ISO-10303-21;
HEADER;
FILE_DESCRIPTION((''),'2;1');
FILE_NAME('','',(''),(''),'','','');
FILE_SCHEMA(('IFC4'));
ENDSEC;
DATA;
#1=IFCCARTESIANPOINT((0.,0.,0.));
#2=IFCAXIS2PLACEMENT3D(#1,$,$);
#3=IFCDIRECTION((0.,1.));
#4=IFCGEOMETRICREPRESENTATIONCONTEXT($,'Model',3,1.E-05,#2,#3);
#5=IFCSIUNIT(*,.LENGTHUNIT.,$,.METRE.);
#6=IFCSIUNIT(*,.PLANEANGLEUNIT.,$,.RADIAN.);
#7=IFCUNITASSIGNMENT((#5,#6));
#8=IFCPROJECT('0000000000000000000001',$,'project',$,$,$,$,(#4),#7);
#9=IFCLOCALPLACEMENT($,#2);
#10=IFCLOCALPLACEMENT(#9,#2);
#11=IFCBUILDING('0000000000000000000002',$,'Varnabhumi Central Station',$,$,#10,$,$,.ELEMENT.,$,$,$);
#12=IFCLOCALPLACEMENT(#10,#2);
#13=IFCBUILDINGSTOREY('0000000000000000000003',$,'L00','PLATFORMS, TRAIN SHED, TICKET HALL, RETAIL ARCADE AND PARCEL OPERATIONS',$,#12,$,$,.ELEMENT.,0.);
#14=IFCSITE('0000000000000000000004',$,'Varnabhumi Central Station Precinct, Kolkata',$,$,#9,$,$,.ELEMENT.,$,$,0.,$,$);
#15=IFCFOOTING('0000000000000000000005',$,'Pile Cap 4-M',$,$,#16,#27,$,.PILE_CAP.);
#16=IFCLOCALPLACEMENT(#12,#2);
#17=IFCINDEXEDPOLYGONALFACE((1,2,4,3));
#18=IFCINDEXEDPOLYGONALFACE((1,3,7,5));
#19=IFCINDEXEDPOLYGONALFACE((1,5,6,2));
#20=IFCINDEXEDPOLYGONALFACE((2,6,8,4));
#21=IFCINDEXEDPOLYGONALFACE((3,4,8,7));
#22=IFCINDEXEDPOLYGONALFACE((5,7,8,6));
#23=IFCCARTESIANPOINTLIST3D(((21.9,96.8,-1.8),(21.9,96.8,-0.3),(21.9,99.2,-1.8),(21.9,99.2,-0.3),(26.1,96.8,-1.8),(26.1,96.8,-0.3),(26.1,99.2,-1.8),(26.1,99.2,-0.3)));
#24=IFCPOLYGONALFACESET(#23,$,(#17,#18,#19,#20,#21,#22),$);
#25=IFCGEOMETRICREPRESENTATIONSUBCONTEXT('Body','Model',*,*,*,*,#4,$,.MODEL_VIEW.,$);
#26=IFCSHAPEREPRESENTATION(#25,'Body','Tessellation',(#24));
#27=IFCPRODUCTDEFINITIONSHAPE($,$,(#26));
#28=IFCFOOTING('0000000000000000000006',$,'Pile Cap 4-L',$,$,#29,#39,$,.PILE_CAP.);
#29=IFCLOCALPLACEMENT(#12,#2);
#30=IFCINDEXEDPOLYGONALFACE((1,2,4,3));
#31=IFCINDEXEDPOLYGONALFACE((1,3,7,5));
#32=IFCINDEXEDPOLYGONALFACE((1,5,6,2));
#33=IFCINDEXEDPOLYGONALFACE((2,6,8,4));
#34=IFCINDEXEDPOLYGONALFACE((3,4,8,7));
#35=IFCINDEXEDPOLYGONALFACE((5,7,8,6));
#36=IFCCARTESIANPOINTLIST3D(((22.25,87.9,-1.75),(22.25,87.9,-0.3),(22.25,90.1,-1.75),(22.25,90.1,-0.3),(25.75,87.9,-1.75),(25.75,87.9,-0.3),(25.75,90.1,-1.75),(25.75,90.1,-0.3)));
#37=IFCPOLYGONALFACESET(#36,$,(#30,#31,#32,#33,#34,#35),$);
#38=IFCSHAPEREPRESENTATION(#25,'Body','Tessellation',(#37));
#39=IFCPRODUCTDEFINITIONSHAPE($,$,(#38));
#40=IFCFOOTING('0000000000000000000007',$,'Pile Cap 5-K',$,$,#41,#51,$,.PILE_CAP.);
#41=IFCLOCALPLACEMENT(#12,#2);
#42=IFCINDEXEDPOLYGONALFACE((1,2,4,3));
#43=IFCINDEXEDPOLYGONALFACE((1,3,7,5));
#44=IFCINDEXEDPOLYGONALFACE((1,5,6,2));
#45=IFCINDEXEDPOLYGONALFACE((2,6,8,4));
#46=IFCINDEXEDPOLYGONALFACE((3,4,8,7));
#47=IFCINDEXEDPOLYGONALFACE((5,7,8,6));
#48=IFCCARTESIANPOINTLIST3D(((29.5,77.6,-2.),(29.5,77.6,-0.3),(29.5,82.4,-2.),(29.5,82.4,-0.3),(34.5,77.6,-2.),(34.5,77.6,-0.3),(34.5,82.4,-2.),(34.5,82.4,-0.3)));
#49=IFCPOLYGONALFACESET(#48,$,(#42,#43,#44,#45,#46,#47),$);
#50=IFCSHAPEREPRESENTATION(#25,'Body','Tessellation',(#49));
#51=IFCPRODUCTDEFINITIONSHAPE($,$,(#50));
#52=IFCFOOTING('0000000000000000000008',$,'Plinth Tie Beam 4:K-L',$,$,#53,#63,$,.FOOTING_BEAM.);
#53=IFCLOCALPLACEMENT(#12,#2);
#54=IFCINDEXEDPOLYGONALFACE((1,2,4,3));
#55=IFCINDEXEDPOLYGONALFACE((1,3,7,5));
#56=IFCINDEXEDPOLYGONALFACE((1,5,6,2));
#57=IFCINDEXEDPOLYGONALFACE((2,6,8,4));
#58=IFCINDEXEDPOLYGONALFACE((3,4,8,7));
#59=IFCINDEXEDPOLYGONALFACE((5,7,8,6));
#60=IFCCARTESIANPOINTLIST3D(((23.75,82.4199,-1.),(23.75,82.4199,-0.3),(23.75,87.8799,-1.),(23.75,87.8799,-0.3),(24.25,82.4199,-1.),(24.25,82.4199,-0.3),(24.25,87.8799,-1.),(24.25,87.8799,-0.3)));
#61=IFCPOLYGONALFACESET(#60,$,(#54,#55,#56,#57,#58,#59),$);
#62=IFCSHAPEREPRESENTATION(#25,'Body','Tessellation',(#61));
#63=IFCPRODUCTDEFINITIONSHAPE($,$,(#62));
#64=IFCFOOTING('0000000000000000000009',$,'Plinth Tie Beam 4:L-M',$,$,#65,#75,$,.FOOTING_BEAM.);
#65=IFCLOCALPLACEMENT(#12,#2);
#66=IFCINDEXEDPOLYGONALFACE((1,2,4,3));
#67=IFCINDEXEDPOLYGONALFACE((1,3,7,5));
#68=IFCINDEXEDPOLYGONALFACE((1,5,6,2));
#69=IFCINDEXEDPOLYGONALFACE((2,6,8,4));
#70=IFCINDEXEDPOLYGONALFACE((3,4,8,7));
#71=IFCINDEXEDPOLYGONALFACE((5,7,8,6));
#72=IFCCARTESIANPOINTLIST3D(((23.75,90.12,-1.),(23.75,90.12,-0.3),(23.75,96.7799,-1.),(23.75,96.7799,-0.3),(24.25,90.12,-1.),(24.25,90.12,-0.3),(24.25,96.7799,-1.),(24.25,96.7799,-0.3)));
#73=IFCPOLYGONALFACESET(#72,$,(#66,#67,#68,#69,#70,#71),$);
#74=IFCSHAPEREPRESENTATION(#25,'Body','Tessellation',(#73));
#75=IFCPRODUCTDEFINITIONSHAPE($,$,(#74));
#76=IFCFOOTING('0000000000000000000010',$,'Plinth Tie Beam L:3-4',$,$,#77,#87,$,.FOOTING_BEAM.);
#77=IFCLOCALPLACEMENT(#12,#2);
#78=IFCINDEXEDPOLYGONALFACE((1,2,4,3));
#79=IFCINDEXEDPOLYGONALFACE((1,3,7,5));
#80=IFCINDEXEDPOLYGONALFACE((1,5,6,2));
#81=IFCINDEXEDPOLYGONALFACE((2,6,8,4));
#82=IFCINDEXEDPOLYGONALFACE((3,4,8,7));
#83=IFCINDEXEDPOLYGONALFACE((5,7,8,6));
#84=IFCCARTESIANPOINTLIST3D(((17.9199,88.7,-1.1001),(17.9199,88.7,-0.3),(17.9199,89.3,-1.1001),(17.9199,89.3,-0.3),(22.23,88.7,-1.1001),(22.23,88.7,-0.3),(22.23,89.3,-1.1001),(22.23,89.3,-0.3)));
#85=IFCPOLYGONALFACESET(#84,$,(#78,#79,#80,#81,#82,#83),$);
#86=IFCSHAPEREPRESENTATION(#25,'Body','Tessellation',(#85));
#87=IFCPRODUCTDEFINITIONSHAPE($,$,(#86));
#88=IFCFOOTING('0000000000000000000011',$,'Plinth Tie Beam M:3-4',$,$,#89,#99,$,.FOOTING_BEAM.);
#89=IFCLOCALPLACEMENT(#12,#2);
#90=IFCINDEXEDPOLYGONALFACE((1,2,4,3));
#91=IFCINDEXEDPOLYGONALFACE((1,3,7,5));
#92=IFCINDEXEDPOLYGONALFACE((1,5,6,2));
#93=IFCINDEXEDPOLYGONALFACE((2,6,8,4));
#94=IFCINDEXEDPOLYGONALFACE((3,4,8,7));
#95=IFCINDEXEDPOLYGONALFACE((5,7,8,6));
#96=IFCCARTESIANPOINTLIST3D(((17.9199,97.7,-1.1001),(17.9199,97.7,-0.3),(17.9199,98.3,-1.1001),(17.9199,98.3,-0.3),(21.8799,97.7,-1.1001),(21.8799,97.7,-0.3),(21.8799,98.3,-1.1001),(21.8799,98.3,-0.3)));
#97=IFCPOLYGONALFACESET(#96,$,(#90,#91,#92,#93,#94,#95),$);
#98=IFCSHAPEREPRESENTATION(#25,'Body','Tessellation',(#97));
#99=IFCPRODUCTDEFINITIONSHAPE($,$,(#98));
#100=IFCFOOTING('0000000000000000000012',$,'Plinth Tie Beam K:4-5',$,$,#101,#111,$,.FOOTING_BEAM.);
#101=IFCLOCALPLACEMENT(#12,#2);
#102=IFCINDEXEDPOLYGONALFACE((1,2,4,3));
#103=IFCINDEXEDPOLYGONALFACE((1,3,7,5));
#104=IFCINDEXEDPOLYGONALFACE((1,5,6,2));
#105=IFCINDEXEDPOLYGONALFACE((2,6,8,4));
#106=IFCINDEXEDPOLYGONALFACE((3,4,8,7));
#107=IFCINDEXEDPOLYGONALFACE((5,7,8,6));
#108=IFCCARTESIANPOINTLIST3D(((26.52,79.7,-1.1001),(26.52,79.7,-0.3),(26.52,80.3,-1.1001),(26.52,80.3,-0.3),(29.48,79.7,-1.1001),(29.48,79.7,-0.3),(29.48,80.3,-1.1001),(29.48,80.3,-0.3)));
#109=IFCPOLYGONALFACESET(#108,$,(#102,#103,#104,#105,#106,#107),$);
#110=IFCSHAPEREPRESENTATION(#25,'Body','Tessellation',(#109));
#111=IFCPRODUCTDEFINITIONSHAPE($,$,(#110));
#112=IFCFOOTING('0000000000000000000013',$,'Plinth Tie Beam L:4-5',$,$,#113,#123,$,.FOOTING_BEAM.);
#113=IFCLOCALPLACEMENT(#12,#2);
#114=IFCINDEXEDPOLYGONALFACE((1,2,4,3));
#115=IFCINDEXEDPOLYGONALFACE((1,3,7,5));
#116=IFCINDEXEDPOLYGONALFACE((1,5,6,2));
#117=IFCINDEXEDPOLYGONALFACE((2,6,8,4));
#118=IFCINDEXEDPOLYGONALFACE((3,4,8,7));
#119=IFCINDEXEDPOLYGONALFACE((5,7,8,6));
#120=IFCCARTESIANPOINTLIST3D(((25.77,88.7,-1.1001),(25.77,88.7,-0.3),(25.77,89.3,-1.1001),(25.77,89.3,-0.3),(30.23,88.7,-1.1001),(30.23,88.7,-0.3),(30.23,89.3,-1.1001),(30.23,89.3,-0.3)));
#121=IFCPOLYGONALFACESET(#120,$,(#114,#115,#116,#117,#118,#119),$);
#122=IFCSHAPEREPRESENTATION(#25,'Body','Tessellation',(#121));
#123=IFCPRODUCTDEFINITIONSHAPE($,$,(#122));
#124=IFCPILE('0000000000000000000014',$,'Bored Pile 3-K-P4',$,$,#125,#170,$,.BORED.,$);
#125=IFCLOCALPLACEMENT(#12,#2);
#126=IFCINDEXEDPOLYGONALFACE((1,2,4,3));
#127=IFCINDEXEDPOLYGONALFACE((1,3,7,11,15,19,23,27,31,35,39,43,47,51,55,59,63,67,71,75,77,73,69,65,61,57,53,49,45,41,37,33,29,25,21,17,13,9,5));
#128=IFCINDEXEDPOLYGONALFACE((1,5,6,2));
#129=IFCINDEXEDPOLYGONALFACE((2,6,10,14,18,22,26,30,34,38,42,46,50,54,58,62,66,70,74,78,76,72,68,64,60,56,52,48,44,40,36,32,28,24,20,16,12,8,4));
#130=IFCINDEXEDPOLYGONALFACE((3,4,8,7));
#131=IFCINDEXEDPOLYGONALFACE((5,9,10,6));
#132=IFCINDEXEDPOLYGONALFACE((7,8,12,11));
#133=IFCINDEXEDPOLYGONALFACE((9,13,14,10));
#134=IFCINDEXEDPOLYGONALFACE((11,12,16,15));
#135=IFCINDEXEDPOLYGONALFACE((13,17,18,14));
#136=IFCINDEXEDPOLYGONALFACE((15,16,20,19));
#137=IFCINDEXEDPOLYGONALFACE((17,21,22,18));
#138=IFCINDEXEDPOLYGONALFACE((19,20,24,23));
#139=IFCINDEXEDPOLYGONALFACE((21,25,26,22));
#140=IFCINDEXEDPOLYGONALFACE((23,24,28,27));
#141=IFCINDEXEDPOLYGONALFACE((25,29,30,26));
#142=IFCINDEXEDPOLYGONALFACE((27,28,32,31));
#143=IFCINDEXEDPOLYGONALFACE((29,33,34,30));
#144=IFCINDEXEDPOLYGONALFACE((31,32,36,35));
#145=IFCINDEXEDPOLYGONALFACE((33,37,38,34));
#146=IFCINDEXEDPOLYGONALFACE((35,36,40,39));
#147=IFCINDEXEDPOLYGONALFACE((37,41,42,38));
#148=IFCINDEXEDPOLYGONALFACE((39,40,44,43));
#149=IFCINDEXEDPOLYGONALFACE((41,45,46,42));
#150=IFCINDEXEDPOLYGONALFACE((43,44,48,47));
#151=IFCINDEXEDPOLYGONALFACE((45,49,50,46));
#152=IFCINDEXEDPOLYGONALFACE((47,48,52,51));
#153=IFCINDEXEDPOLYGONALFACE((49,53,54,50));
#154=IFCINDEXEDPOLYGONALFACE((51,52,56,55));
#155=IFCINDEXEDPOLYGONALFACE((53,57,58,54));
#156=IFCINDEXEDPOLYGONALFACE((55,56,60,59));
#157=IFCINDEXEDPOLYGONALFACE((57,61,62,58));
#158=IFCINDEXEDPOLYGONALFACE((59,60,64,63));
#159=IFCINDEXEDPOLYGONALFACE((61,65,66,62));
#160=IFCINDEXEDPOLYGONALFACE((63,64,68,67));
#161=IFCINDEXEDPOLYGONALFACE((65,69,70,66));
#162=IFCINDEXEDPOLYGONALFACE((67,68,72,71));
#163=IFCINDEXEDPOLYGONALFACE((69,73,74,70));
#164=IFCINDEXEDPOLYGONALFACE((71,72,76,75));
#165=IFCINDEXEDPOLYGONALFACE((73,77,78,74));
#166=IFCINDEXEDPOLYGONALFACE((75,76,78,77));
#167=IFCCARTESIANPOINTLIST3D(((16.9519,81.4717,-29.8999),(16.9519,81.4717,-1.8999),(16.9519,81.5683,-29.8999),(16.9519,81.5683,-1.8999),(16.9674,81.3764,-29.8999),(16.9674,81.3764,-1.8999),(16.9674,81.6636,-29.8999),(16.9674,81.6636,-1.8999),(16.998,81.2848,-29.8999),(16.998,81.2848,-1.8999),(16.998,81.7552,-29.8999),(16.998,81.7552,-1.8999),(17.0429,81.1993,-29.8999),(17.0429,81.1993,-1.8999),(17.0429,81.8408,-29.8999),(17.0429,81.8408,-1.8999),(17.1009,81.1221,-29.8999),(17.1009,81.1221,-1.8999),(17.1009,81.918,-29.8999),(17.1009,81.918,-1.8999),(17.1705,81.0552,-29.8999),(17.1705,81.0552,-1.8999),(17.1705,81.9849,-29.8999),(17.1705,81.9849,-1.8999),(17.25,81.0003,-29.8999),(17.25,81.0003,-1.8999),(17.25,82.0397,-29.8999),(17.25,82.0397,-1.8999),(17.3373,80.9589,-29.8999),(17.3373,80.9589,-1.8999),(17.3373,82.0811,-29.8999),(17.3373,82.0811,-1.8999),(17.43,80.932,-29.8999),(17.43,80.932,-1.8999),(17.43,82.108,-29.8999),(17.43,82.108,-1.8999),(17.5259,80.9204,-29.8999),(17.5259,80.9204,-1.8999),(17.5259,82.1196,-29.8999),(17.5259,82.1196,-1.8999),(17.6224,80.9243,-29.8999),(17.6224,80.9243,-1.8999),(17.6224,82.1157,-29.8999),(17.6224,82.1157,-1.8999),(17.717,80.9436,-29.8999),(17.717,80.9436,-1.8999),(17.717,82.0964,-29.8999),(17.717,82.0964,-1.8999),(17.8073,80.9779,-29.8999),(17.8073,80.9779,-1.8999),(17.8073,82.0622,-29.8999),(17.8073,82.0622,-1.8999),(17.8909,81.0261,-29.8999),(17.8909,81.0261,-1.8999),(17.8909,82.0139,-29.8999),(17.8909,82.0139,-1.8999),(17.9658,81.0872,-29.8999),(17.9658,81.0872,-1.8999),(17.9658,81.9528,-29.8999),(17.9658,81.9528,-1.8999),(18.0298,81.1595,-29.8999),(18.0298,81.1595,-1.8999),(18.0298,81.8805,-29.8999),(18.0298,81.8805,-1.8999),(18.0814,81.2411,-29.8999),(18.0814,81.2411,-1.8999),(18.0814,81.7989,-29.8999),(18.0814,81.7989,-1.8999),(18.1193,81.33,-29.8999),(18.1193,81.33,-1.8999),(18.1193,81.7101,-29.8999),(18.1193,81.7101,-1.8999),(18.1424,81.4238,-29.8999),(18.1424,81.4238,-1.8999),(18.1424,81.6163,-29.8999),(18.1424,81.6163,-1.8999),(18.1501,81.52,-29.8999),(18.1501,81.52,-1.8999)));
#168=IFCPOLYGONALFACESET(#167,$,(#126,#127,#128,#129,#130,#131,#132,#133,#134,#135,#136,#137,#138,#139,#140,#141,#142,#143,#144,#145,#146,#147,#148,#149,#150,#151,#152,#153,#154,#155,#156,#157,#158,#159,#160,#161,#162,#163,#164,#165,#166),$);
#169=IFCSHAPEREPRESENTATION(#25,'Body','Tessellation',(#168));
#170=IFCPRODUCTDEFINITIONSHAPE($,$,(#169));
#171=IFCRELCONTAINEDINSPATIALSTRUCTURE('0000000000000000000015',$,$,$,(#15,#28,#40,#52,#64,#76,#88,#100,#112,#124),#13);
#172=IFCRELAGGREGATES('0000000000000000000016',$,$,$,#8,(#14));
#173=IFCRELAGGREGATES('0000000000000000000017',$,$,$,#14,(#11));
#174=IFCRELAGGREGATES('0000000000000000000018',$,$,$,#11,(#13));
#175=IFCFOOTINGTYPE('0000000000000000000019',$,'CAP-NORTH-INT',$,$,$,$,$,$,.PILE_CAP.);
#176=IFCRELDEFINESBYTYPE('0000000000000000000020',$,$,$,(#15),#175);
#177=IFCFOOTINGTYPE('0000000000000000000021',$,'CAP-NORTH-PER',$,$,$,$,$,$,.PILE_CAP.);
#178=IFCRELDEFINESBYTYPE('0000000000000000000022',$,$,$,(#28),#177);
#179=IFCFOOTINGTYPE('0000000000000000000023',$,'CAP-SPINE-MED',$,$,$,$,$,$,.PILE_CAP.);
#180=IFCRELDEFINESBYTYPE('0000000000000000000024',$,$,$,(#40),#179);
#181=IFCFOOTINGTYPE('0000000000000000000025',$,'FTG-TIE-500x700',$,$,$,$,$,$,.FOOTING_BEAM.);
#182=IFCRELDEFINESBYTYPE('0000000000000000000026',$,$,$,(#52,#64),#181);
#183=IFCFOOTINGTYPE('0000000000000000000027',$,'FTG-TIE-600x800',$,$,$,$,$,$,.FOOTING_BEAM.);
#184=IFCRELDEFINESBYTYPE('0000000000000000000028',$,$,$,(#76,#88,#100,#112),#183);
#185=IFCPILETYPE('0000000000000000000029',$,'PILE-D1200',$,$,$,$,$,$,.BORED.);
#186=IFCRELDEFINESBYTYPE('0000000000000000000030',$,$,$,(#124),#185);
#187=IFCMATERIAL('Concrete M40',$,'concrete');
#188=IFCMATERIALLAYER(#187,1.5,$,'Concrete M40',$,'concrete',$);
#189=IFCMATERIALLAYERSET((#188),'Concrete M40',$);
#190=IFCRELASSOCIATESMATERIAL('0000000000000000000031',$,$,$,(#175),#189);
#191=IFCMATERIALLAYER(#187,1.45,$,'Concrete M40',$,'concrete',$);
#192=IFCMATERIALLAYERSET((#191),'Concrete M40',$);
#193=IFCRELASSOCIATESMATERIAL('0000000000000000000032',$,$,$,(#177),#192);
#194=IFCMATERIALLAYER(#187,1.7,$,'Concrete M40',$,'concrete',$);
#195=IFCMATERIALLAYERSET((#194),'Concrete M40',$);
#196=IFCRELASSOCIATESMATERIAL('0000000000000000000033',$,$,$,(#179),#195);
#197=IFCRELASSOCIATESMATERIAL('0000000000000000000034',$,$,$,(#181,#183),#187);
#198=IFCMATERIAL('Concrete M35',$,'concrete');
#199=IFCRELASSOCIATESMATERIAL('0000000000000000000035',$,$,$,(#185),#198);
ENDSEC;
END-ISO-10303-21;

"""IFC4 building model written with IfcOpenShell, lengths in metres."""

from ifc_helpers import new_model, si_unit, direction, frame, origin, origin_2d, place, context, subcontext, project, spatial, rectangle, circle, extrude, material, layer, layer_set, material_profile, profile_set, type_object, element, save


model = new_model("IFC4")

# Units and contexts
model_context = context("Model", 3, precision=1e-05, world=origin(), true_north=direction((0.0, 1.0)))
body_context = subcontext(model_context, "Body", "Model", "MODEL_VIEW")
ifc_project = project(units=[si_unit("LENGTHUNIT", "METRE"), si_unit("PLANEANGLEUNIT", "RADIAN")], contexts=[model_context])

# Site, building, storey
site_placement = place(None, origin())
site = spatial("IfcSite", under=ifc_project, at=site_placement, Name="Varnabhumi Central Station Precinct, Kolkata", CompositionType="ELEMENT", RefElevation=0.0)
building_placement = place(site_placement, origin())
building = spatial("IfcBuilding", under=site, at=building_placement, Name="Varnabhumi Central Station", CompositionType="ELEMENT")
storey_placement = place(building_placement, origin())
storey = spatial("IfcBuildingStorey", under=building, at=storey_placement, Name="L00", Description="PLATFORMS, TRAIN SHED, TICKET HALL, RETAIL ARCADE AND PARCEL OPERATIONS", CompositionType="ELEMENT", Elevation=0.0)

# Footings
ifc_material_1 = material(Name="Concrete M40", Category="concrete")
ifc_layer_1 = layer(ifc_material_1, 1.5, Name="Concrete M40", Category="concrete")
ifc_layer_set_1 = layer_set([ifc_layer_1], Name="Concrete M40")
footing_type_1 = type_object("IfcFootingType", Name="CAP-NORTH-INT", PredefinedType="PILE_CAP", material=ifc_layer_set_1)
footing_1_placement = place(storey_placement, frame((24.0, 98.0, -1.8), z_axis=(0.0, 0.0, 1.0), x_axis=(1.0, 0.0, 0.0)))
element("IfcFooting", 1, at=footing_1_placement, inside=storey, type_object=footing_type_1, Name="Pile Cap 4-M", PredefinedType="PILE_CAP", context=body_context, shape_type="SweptSolid", body=[
    extrude(rectangle(XDim=4.2, YDim=2.3999, at=origin_2d()), origin(), (0.0, 0.0, 1.0), 1.5),
])
ifc_layer_2 = layer(ifc_material_1, 1.45, Name="Concrete M40", Category="concrete")
ifc_layer_set_2 = layer_set([ifc_layer_2], Name="Concrete M40")
footing_type_2 = type_object("IfcFootingType", Name="CAP-NORTH-PER", PredefinedType="PILE_CAP", material=ifc_layer_set_2)
footing_2_placement = place(storey_placement, frame((24.0, 89.0, -1.75), z_axis=(0.0, 0.0, 1.0), x_axis=(1.0, 0.0, 0.0)))
element("IfcFooting", 2, at=footing_2_placement, inside=storey, type_object=footing_type_2, Name="Pile Cap 4-L", PredefinedType="PILE_CAP", context=body_context, shape_type="SweptSolid", body=[
    extrude(rectangle(XDim=3.5, YDim=2.2, at=origin_2d()), origin(), (0.0, 0.0, 1.0), 1.45),
])
ifc_layer_3 = layer(ifc_material_1, 1.7, Name="Concrete M40", Category="concrete")
ifc_layer_set_3 = layer_set([ifc_layer_3], Name="Concrete M40")
footing_type_3 = type_object("IfcFootingType", Name="CAP-SPINE-MED", PredefinedType="PILE_CAP", material=ifc_layer_set_3)
footing_3_placement = place(storey_placement, frame((32.0, 80.0, -2.0), z_axis=(0.0, 0.0, 1.0), x_axis=(1.0, 0.0, 0.0)))
element("IfcFooting", 3, at=footing_3_placement, inside=storey, type_object=footing_type_3, Name="Pile Cap 5-K", PredefinedType="PILE_CAP", context=body_context, shape_type="SweptSolid", body=[
    extrude(rectangle(XDim=5.0, YDim=4.8, at=origin_2d()), origin(), (0.0, 0.0, 1.0), 1.7),
])
footing_type_4 = type_object("IfcFootingType", Name="FTG-TIE-500x700", PredefinedType="FOOTING_BEAM", material=ifc_material_1)
footing_4_placement = place(storey_placement, frame((24.0, 85.1499, -1.0), z_axis=(0.0, 0.0, 1.0), x_axis=(1.0, 0.0, 0.0)))
element("IfcFooting", 4, at=footing_4_placement, inside=storey, type_object=footing_type_4, Name="Plinth Tie Beam 4:K-L", PredefinedType="FOOTING_BEAM", context=body_context, shape_type="SweptSolid", body=[
    extrude(rectangle(XDim=0.5, YDim=5.46, at=origin_2d()), origin(), (0.0, 0.0, 1.0), 0.7),
])
footing_5_placement = place(storey_placement, frame((24.0, 93.45, -1.0), z_axis=(0.0, 0.0, 1.0), x_axis=(1.0, 0.0, 0.0)))
element("IfcFooting", 5, at=footing_5_placement, inside=storey, type_object=footing_type_4, Name="Plinth Tie Beam 4:L-M", PredefinedType="FOOTING_BEAM", context=body_context, shape_type="SweptSolid", body=[
    extrude(rectangle(XDim=0.5, YDim=6.6599, at=origin_2d()), origin(), (0.0, 0.0, 1.0), 0.7),
])
footing_type_5 = type_object("IfcFootingType", Name="FTG-TIE-600x800", PredefinedType="FOOTING_BEAM", material=ifc_material_1)
footing_6_placement = place(storey_placement, frame((20.075, 89.0, -1.1001), z_axis=(0.0, 0.0, 1.0), x_axis=(1.0, 0.0, 0.0)))
element("IfcFooting", 6, at=footing_6_placement, inside=storey, type_object=footing_type_5, Name="Plinth Tie Beam L:3-4", PredefinedType="FOOTING_BEAM", context=body_context, shape_type="SweptSolid", body=[
    extrude(rectangle(XDim=4.3101, YDim=0.6001, at=origin_2d()), origin(), (0.0, 0.0, 1.0), 0.8),
])
footing_7_placement = place(storey_placement, frame((19.8999, 98.0, -1.1001), z_axis=(0.0, 0.0, 1.0), x_axis=(1.0, 0.0, 0.0)))
element("IfcFooting", 7, at=footing_7_placement, inside=storey, type_object=footing_type_5, Name="Plinth Tie Beam M:3-4", PredefinedType="FOOTING_BEAM", context=body_context, shape_type="SweptSolid", body=[
    extrude(rectangle(XDim=3.96, YDim=0.6001, at=origin_2d()), origin(), (0.0, 0.0, 1.0), 0.8),
])
footing_8_placement = place(storey_placement, frame((28.0, 80.0, -1.1001), z_axis=(0.0, 0.0, 1.0), x_axis=(1.0, 0.0, 0.0)))
element("IfcFooting", 8, at=footing_8_placement, inside=storey, type_object=footing_type_5, Name="Plinth Tie Beam K:4-5", PredefinedType="FOOTING_BEAM", context=body_context, shape_type="SweptSolid", body=[
    extrude(rectangle(XDim=2.96, YDim=0.6001, at=origin_2d()), origin(), (0.0, 0.0, 1.0), 0.8),
])
footing_9_placement = place(storey_placement, frame((28.0, 89.0, -1.1001), z_axis=(0.0, 0.0, 1.0), x_axis=(1.0, 0.0, 0.0)))
element("IfcFooting", 9, at=footing_9_placement, inside=storey, type_object=footing_type_5, Name="Plinth Tie Beam L:4-5", PredefinedType="FOOTING_BEAM", context=body_context, shape_type="SweptSolid", body=[
    extrude(rectangle(XDim=4.46, YDim=0.6001, at=origin_2d()), origin(), (0.0, 0.0, 1.0), 0.8),
])

# Pile
ifc_material_2 = material(Name="Concrete M35", Category="concrete")
ifc_material_profile_1 = material_profile(ifc_material_2, circle(Radius=0.6001, at=origin_2d()), Name="Concrete M35", Category="concrete")
ifc_profile_set_1 = profile_set([ifc_material_profile_1], Name="Concrete M35")
pile_type_1 = type_object("IfcPileType", Name="PILE-D1200", PredefinedType="BORED", material=ifc_profile_set_1)
for number, where, z_axis, x_axis, name in (
    (10, (17.55, 81.52, -1.8999), (0.0, 0.0, -1.0), (1.0, 0.0, 0.0), "Bored Pile 3-K-P4"),
):
    element("IfcPile", number, at=place(storey_placement, frame(where, z_axis=z_axis, x_axis=x_axis)), inside=storey, type_object=pile_type_1, Name=name, PredefinedType="BORED", context=body_context, shape_type="SweptSolid", body=[
        extrude(circle(Radius=0.6001, at=origin_2d()), origin(), (0.0, 0.0, 1.0), 28.0),
    ])

save(model, "model.ifc")
